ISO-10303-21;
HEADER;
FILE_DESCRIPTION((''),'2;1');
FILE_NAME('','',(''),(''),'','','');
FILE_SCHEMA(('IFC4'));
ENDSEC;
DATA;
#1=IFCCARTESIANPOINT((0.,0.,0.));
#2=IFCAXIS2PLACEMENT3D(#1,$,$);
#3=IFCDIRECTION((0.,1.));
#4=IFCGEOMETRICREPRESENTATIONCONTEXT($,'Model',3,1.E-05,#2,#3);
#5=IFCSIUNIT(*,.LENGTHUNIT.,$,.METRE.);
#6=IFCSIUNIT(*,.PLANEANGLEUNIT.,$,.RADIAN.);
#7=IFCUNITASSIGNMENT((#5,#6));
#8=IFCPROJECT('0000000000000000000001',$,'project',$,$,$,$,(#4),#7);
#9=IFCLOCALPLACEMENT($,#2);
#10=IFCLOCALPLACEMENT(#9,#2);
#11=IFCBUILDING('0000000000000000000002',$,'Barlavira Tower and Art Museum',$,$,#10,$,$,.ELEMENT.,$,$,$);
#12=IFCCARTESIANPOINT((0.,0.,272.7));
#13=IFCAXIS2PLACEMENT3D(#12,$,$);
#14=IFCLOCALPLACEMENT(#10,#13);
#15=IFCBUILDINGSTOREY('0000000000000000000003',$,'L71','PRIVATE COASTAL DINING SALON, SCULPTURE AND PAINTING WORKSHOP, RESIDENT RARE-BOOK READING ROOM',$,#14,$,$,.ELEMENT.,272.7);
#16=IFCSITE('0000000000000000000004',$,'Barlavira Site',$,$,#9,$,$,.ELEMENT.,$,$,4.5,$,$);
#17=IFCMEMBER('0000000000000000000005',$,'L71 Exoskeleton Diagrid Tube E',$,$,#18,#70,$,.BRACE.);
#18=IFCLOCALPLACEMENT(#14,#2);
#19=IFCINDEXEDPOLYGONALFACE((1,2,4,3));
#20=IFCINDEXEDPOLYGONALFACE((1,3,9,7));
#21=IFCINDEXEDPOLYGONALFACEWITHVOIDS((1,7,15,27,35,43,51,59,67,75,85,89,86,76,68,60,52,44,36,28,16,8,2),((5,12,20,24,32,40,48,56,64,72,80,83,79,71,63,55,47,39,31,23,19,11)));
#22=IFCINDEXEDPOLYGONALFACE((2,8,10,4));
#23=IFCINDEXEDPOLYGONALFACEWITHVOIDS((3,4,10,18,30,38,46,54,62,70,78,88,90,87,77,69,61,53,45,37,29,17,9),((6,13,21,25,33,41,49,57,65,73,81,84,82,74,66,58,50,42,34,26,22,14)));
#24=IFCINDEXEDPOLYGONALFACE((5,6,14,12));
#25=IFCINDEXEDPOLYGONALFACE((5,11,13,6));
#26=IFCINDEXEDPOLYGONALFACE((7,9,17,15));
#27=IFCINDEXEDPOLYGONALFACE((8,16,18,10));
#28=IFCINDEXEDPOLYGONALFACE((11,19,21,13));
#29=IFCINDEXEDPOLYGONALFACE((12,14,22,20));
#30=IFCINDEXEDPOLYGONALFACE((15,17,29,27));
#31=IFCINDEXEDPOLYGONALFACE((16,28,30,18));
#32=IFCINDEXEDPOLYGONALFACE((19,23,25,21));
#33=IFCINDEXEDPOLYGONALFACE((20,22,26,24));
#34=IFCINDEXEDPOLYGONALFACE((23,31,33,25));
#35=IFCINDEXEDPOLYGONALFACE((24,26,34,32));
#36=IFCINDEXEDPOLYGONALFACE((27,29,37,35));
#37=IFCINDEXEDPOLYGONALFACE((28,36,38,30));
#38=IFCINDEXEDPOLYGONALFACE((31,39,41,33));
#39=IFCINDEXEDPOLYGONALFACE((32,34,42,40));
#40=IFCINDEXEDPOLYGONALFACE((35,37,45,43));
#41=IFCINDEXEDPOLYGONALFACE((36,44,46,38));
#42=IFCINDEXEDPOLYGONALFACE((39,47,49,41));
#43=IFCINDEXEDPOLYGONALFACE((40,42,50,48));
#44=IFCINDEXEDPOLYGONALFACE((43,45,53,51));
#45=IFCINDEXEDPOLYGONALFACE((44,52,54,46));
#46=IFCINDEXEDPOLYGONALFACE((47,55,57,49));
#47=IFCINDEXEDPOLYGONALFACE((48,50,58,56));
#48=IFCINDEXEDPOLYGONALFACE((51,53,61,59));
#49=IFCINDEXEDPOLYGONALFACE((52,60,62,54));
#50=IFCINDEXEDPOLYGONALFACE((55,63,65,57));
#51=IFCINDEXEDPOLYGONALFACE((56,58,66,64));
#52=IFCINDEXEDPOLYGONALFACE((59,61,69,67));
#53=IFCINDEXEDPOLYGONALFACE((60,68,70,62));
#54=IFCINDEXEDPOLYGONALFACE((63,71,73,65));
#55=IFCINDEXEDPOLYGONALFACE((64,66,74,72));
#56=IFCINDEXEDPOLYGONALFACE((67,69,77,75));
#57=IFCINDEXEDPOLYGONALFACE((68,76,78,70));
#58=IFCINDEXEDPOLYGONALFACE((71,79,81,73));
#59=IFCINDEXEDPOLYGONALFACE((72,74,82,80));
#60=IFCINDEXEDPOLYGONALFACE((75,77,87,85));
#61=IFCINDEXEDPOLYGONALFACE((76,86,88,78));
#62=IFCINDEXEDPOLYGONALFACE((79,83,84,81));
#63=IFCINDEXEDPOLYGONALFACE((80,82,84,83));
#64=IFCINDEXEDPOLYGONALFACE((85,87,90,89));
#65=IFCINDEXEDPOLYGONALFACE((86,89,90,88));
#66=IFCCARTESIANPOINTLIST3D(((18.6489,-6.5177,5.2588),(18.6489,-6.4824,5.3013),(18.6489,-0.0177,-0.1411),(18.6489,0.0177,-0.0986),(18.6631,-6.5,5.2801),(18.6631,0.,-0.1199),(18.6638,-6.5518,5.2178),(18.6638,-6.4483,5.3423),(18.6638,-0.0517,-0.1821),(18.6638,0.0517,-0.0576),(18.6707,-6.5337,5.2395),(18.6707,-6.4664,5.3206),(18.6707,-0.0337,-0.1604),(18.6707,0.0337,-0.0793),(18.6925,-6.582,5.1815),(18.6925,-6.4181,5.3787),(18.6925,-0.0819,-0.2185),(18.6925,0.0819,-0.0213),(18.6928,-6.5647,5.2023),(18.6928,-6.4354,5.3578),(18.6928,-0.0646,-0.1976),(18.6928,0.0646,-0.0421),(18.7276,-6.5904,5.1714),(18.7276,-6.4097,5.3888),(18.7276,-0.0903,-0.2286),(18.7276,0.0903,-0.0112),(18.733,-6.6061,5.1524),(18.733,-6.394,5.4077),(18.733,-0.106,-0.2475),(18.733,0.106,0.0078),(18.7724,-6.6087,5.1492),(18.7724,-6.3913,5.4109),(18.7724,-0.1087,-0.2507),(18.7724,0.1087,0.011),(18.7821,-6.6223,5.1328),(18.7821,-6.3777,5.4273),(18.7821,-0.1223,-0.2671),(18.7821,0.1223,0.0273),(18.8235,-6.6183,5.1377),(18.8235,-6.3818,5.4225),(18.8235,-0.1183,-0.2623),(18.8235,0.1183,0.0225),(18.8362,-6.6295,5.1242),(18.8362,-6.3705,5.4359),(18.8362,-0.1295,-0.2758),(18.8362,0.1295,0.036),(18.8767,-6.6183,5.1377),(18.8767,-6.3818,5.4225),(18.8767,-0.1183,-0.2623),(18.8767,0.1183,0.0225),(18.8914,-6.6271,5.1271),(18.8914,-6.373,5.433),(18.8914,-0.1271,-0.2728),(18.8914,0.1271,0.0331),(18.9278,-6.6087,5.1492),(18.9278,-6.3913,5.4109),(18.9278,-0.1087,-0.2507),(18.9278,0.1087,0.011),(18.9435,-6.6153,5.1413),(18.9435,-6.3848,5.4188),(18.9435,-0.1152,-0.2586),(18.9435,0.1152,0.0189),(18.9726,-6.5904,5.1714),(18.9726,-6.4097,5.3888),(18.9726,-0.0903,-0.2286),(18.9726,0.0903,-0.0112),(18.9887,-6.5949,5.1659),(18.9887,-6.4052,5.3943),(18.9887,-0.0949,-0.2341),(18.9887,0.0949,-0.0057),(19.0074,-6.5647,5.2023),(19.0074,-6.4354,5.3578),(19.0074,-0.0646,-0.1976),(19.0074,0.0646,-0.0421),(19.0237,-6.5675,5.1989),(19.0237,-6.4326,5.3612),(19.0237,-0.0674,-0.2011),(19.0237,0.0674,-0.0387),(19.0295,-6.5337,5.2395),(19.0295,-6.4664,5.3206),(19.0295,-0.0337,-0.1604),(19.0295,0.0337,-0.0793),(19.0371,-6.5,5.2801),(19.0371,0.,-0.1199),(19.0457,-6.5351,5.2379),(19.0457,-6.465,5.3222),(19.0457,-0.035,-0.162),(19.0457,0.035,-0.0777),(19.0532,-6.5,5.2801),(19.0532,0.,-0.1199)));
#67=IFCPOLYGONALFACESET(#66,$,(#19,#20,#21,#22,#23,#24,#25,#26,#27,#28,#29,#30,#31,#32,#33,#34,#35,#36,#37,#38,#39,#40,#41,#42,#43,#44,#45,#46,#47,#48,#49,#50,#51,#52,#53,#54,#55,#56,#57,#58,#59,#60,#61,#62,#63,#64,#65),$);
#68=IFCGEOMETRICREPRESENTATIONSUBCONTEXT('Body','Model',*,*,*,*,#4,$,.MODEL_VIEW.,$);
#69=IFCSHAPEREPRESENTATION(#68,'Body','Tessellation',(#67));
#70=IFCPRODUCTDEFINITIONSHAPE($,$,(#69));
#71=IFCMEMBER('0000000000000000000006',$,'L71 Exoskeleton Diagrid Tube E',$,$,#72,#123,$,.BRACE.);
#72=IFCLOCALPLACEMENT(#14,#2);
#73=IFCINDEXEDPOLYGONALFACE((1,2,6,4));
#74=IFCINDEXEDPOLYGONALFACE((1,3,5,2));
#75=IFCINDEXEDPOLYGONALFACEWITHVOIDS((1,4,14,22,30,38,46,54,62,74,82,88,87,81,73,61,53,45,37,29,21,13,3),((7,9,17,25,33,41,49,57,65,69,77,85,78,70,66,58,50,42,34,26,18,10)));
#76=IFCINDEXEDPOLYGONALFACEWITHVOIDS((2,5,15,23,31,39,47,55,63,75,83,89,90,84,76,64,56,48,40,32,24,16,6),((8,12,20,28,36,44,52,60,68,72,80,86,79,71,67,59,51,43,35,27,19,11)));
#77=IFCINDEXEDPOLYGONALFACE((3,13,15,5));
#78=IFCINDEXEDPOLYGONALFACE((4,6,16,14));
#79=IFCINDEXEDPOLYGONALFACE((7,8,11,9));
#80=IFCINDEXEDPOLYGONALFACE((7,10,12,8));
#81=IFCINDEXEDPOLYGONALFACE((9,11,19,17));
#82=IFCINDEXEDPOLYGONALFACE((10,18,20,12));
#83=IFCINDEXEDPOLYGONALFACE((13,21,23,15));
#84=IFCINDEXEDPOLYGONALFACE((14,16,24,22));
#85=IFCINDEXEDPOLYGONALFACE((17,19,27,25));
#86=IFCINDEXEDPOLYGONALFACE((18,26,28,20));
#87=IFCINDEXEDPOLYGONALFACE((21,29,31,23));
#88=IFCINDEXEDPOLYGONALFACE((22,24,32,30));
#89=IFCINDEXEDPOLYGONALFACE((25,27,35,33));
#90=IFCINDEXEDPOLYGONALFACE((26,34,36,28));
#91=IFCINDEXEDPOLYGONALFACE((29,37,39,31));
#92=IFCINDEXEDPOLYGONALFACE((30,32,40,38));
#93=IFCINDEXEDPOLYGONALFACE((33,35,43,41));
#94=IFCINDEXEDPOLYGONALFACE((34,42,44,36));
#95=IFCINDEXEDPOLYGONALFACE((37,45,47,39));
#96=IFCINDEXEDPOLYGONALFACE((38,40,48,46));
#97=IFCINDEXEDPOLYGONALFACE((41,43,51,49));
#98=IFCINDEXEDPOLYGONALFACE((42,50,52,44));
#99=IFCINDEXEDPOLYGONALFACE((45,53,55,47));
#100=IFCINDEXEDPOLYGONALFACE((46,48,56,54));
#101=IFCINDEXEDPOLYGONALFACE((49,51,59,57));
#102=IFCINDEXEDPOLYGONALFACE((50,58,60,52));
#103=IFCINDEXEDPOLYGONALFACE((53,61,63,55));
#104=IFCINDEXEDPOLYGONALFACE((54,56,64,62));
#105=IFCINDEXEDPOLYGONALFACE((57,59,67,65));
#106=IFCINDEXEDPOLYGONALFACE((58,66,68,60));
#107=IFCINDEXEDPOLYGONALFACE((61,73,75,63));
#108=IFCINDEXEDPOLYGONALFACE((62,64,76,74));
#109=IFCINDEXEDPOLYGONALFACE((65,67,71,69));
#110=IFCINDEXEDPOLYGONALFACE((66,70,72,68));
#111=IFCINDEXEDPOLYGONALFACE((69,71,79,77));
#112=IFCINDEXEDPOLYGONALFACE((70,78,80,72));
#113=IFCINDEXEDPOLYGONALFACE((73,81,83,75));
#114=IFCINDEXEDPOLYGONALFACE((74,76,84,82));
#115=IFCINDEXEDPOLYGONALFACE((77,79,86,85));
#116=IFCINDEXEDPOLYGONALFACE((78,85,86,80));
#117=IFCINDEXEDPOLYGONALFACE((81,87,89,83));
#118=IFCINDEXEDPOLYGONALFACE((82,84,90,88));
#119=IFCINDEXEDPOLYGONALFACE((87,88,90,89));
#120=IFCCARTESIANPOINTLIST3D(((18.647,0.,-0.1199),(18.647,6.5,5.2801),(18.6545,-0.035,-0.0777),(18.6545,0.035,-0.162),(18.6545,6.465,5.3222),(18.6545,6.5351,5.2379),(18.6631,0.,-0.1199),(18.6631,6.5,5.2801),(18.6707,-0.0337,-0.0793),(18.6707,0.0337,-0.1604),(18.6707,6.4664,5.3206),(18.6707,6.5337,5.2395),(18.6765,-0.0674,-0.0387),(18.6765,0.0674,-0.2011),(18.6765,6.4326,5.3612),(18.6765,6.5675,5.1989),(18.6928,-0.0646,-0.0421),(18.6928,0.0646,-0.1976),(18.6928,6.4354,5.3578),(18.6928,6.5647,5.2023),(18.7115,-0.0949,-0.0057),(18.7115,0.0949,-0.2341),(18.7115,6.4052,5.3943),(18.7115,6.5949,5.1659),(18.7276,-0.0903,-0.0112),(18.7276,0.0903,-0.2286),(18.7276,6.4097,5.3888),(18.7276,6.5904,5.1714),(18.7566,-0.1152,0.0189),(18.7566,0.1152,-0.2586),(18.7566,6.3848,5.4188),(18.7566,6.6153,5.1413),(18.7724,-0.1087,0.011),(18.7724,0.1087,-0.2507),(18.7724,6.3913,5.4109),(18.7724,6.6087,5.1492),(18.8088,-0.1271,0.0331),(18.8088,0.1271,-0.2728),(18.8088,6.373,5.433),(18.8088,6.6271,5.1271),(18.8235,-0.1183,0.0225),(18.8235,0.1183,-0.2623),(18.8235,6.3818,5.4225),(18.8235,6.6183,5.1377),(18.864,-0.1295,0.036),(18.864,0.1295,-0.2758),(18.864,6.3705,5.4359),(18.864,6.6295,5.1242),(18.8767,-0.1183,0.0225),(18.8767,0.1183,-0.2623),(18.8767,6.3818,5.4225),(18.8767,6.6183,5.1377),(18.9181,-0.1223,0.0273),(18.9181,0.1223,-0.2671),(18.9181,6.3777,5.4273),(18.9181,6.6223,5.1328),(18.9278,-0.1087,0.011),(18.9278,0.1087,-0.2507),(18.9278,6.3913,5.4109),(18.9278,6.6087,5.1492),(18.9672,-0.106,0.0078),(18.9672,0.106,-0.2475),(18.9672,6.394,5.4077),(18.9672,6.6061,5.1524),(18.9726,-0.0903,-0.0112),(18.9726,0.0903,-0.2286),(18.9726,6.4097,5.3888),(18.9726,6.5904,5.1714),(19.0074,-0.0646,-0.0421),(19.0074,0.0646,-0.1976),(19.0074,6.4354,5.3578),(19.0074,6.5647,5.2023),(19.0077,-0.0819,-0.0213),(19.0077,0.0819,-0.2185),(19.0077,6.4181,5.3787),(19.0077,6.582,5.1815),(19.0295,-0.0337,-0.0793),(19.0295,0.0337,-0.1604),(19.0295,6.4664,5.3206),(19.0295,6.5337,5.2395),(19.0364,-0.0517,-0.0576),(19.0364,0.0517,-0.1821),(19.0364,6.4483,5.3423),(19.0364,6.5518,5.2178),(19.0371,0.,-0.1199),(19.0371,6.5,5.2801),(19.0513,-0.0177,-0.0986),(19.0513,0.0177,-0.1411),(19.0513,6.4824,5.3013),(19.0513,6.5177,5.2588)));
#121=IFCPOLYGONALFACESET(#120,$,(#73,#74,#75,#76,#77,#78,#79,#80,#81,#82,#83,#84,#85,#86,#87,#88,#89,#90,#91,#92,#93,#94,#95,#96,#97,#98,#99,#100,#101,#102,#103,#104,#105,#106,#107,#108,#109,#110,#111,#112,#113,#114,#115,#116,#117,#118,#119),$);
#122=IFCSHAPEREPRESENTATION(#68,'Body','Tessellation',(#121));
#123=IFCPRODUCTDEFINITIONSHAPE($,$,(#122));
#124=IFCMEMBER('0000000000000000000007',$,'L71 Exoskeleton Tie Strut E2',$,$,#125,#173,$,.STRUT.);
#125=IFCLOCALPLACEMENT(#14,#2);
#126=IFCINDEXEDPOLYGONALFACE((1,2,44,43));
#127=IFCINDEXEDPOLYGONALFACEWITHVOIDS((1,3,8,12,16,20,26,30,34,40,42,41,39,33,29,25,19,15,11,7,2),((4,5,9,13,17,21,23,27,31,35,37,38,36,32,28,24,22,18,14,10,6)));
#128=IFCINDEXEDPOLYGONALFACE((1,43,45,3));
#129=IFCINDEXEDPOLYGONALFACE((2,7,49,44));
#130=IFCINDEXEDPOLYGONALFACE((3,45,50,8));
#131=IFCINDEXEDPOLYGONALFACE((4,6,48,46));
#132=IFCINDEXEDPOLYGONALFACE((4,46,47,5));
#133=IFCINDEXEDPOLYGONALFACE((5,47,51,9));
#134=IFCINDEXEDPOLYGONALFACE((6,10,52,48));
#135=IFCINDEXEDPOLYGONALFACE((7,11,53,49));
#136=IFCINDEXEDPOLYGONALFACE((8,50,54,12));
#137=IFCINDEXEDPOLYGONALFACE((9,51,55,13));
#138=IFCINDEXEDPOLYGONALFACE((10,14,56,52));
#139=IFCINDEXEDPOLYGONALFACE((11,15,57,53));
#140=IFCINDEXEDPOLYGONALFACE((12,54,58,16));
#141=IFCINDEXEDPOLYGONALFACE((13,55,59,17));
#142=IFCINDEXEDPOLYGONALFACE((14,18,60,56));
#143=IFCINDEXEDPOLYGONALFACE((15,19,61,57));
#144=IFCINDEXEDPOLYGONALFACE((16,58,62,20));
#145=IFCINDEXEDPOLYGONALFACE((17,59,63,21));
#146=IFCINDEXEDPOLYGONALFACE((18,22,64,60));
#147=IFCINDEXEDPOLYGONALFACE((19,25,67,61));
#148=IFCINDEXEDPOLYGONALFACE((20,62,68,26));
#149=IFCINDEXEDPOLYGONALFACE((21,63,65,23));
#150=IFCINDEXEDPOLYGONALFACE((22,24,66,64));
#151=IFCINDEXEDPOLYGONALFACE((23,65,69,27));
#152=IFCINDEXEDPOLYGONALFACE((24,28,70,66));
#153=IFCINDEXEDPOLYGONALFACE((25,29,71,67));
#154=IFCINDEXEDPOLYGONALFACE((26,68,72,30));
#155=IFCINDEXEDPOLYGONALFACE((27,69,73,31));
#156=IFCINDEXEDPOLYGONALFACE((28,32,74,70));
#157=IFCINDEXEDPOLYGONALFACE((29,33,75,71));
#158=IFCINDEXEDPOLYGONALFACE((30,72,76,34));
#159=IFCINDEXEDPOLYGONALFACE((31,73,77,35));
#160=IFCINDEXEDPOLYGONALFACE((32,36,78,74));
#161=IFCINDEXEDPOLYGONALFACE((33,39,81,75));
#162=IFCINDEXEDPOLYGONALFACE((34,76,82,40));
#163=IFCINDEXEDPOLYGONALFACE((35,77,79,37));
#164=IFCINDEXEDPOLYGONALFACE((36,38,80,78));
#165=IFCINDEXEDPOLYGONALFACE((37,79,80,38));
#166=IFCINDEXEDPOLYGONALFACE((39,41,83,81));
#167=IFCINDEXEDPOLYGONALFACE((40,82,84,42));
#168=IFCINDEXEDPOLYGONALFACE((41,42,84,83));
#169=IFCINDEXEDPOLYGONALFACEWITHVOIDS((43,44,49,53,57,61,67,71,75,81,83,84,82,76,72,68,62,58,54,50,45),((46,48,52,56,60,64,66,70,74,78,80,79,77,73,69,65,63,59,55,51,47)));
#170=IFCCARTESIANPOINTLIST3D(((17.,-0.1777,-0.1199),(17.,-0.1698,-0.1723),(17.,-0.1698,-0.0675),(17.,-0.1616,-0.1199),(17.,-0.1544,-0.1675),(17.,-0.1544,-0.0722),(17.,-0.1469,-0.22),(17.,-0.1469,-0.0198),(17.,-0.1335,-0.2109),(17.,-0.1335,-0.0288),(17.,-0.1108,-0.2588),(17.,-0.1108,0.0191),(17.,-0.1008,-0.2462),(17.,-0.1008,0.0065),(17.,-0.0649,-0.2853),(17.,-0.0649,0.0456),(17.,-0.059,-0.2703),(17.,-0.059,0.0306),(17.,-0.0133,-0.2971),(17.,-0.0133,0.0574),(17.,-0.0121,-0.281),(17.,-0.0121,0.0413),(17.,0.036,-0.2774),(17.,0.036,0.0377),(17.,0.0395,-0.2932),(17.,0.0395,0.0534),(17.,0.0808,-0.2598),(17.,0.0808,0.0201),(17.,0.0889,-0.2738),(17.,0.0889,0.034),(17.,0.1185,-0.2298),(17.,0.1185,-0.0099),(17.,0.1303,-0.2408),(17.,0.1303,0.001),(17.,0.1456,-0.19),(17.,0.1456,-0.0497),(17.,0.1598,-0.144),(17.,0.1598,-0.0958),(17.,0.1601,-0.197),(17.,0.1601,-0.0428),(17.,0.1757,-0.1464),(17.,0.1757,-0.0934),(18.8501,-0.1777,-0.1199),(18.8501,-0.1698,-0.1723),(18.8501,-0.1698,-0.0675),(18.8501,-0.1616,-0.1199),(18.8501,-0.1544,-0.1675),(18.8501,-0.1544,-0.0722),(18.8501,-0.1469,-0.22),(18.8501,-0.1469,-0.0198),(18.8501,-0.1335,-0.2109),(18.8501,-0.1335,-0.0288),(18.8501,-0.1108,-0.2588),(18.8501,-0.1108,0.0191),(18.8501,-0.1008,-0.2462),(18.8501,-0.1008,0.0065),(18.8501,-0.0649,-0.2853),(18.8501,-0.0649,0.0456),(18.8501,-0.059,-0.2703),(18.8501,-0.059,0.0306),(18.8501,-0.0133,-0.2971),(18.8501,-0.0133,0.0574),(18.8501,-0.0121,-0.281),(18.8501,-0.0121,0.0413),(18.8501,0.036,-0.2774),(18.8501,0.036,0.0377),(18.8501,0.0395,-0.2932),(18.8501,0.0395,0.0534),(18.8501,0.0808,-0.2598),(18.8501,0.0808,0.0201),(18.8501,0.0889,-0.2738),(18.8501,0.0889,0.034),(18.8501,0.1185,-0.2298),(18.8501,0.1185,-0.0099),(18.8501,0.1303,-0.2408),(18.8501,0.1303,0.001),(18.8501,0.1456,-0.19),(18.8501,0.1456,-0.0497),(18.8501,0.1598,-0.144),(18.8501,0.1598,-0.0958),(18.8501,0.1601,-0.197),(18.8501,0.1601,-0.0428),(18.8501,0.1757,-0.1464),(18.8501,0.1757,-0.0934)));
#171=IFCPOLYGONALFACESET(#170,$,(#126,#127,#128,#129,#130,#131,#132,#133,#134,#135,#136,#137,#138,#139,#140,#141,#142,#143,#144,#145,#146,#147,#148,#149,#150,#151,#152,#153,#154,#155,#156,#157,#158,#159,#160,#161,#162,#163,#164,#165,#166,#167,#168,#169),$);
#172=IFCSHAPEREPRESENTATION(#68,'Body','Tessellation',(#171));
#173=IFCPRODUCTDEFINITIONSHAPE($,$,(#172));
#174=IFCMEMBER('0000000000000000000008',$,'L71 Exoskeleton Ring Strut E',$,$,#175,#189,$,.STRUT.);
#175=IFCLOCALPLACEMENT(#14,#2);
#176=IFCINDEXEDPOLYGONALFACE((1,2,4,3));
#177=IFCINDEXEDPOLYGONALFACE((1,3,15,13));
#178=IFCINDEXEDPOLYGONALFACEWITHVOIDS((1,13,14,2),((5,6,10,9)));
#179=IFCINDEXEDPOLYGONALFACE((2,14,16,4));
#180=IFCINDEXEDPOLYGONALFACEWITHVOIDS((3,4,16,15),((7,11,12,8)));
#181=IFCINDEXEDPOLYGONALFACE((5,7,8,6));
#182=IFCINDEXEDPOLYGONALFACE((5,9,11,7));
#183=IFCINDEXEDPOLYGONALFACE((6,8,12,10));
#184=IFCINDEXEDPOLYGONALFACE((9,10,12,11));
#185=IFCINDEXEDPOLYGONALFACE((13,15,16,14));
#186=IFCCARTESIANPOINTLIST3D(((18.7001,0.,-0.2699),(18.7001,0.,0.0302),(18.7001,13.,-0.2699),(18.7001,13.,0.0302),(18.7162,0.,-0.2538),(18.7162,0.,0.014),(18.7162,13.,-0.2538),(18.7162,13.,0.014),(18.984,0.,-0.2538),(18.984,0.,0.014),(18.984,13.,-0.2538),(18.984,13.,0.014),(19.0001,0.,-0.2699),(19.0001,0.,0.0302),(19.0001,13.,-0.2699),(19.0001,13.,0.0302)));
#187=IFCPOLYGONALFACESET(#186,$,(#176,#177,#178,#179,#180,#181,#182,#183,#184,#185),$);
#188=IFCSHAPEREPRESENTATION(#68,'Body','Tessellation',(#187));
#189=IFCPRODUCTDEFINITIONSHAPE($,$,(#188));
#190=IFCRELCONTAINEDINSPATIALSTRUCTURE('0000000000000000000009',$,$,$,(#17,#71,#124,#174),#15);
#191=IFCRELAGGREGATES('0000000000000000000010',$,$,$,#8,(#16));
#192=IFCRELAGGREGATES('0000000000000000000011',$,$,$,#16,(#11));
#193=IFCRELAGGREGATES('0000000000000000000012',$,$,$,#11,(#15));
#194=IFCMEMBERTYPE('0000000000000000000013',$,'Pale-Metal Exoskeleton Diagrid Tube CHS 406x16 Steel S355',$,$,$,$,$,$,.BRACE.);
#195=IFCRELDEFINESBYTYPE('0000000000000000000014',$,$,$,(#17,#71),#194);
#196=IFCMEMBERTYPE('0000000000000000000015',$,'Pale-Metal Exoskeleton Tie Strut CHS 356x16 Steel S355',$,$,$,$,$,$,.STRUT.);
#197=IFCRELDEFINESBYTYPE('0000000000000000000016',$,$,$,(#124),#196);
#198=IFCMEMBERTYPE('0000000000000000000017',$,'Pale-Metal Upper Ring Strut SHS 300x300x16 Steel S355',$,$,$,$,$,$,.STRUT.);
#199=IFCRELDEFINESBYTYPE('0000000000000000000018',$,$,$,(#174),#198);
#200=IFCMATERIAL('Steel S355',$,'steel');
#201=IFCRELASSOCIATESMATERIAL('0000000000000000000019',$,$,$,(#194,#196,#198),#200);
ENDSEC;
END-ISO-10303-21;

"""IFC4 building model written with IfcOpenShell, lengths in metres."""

from ifc_helpers import new_model, si_unit, direction, frame, origin, origin_2d, place, context, subcontext, project, spatial, hollow_rectangle, hollow_circle, extrude, material, material_profile, profile_set, type_object, element, save


model = new_model("IFC4")

# Units and contexts
model_context = context("Model", 3, precision=1e-05, world=origin(), true_north=direction((0.0, 1.0)))
body_context = subcontext(model_context, "Body", "Model", "MODEL_VIEW")
ifc_project = project(units=[si_unit("LENGTHUNIT", "METRE"), si_unit("PLANEANGLEUNIT", "RADIAN")], contexts=[model_context])

# Site, building, storey
site_placement = place(None, origin())
site = spatial("IfcSite", under=ifc_project, at=site_placement, Name="Barlavira Site", CompositionType="ELEMENT", RefElevation=4.5)
building_placement = place(site_placement, origin())
building = spatial("IfcBuilding", under=site, at=building_placement, Name="Barlavira Tower and Art Museum", CompositionType="ELEMENT")
storey_placement = place(building_placement, frame((0.0, 0.0, 272.7)))
storey = spatial("IfcBuildingStorey", under=building, at=storey_placement, Name="L71", Description="PRIVATE COASTAL DINING SALON, SCULPTURE AND PAINTING WORKSHOP, RESIDENT RARE-BOOK READING ROOM", CompositionType="ELEMENT", Elevation=272.7)

# Members
ifc_material_1 = material(Name="Steel S355", Category="steel")
ifc_material_profile_1 = material_profile(ifc_material_1, hollow_circle(Radius=0.2031, WallThickness=0.0161, at=origin_2d()), Name="CHS 406.4x16.0")
ifc_profile_set_1 = profile_set([ifc_material_profile_1], Name="Steel S355")
member_type_1 = type_object("IfcMemberType", Name="Pale-Metal Exoskeleton Diagrid Tube CHS 406x16 Steel S355", PredefinedType="BRACE", material=ifc_profile_set_1)
for number, where, z_axis, x_axis, name in (
    (1, (18.8501, 0.0, -0.1199), (0.0, -0.769196, 0.639013), (1.0, 0.0, 0.0), "L71 Exoskeleton Diagrid Tube E"),
    (2, (18.8501, 0.0, -0.1199), (0.0, 0.769196, 0.639013), (-1.0, 0.0, 0.0), "L71 Exoskeleton Diagrid Tube E"),
):
    element("IfcMember", number, at=place(storey_placement, frame(where, z_axis=z_axis, x_axis=x_axis)), inside=storey, type_object=member_type_1, Name=name, PredefinedType="BRACE", context=body_context, shape_type="SweptSolid", body=[
        extrude(hollow_circle(Radius=0.2031, WallThickness=0.0161, at=origin_2d()), origin(), (0.0, 0.0, 1.0), 8.4504),
    ])
ifc_material_profile_2 = material_profile(ifc_material_1, hollow_circle(Radius=0.1777, WallThickness=0.0161, at=origin_2d()), Name="CHS 355.6x16.0")
ifc_profile_set_2 = profile_set([ifc_material_profile_2], Name="Steel S355")
member_type_2 = type_object("IfcMemberType", Name="Pale-Metal Exoskeleton Tie Strut CHS 356x16 Steel S355", PredefinedType="STRUT", material=ifc_profile_set_2)
member_1_placement = place(storey_placement, frame((18.8501, 0.0, -0.1199), z_axis=(-1.0, 0.0, 0.0), x_axis=(0.0, -1.0, 0.0)))
element("IfcMember", 3, at=member_1_placement, inside=storey, type_object=member_type_2, Name="L71 Exoskeleton Tie Strut E2", PredefinedType="STRUT", context=body_context, shape_type="SweptSolid", body=[
    extrude(hollow_circle(Radius=0.1777, WallThickness=0.0161, at=origin_2d()), origin(), (0.0, 0.0, 1.0), 1.8501),
])
ifc_material_profile_3 = material_profile(ifc_material_1, hollow_rectangle(XDim=0.3, YDim=0.3, WallThickness=0.0161, at=origin_2d()), Name="SHS 300x300x16.0")
ifc_profile_set_3 = profile_set([ifc_material_profile_3], Name="Steel S355")
member_type_3 = type_object("IfcMemberType", Name="Pale-Metal Upper Ring Strut SHS 300x300x16 Steel S355", PredefinedType="STRUT", material=ifc_profile_set_3)
member_2_placement = place(storey_placement, frame((18.8501, 0.0, -0.1199), z_axis=(0.0, 1.0, 0.0), x_axis=(-1.0, 0.0, 0.0)))
element("IfcMember", 4, at=member_2_placement, inside=storey, type_object=member_type_3, Name="L71 Exoskeleton Ring Strut E", PredefinedType="STRUT", context=body_context, shape_type="SweptSolid", body=[
    extrude(hollow_rectangle(XDim=0.3, YDim=0.3, WallThickness=0.0161, at=origin_2d()), origin(), (0.0, 0.0, 1.0), 13.0),
])

save(model, "model.ifc")
